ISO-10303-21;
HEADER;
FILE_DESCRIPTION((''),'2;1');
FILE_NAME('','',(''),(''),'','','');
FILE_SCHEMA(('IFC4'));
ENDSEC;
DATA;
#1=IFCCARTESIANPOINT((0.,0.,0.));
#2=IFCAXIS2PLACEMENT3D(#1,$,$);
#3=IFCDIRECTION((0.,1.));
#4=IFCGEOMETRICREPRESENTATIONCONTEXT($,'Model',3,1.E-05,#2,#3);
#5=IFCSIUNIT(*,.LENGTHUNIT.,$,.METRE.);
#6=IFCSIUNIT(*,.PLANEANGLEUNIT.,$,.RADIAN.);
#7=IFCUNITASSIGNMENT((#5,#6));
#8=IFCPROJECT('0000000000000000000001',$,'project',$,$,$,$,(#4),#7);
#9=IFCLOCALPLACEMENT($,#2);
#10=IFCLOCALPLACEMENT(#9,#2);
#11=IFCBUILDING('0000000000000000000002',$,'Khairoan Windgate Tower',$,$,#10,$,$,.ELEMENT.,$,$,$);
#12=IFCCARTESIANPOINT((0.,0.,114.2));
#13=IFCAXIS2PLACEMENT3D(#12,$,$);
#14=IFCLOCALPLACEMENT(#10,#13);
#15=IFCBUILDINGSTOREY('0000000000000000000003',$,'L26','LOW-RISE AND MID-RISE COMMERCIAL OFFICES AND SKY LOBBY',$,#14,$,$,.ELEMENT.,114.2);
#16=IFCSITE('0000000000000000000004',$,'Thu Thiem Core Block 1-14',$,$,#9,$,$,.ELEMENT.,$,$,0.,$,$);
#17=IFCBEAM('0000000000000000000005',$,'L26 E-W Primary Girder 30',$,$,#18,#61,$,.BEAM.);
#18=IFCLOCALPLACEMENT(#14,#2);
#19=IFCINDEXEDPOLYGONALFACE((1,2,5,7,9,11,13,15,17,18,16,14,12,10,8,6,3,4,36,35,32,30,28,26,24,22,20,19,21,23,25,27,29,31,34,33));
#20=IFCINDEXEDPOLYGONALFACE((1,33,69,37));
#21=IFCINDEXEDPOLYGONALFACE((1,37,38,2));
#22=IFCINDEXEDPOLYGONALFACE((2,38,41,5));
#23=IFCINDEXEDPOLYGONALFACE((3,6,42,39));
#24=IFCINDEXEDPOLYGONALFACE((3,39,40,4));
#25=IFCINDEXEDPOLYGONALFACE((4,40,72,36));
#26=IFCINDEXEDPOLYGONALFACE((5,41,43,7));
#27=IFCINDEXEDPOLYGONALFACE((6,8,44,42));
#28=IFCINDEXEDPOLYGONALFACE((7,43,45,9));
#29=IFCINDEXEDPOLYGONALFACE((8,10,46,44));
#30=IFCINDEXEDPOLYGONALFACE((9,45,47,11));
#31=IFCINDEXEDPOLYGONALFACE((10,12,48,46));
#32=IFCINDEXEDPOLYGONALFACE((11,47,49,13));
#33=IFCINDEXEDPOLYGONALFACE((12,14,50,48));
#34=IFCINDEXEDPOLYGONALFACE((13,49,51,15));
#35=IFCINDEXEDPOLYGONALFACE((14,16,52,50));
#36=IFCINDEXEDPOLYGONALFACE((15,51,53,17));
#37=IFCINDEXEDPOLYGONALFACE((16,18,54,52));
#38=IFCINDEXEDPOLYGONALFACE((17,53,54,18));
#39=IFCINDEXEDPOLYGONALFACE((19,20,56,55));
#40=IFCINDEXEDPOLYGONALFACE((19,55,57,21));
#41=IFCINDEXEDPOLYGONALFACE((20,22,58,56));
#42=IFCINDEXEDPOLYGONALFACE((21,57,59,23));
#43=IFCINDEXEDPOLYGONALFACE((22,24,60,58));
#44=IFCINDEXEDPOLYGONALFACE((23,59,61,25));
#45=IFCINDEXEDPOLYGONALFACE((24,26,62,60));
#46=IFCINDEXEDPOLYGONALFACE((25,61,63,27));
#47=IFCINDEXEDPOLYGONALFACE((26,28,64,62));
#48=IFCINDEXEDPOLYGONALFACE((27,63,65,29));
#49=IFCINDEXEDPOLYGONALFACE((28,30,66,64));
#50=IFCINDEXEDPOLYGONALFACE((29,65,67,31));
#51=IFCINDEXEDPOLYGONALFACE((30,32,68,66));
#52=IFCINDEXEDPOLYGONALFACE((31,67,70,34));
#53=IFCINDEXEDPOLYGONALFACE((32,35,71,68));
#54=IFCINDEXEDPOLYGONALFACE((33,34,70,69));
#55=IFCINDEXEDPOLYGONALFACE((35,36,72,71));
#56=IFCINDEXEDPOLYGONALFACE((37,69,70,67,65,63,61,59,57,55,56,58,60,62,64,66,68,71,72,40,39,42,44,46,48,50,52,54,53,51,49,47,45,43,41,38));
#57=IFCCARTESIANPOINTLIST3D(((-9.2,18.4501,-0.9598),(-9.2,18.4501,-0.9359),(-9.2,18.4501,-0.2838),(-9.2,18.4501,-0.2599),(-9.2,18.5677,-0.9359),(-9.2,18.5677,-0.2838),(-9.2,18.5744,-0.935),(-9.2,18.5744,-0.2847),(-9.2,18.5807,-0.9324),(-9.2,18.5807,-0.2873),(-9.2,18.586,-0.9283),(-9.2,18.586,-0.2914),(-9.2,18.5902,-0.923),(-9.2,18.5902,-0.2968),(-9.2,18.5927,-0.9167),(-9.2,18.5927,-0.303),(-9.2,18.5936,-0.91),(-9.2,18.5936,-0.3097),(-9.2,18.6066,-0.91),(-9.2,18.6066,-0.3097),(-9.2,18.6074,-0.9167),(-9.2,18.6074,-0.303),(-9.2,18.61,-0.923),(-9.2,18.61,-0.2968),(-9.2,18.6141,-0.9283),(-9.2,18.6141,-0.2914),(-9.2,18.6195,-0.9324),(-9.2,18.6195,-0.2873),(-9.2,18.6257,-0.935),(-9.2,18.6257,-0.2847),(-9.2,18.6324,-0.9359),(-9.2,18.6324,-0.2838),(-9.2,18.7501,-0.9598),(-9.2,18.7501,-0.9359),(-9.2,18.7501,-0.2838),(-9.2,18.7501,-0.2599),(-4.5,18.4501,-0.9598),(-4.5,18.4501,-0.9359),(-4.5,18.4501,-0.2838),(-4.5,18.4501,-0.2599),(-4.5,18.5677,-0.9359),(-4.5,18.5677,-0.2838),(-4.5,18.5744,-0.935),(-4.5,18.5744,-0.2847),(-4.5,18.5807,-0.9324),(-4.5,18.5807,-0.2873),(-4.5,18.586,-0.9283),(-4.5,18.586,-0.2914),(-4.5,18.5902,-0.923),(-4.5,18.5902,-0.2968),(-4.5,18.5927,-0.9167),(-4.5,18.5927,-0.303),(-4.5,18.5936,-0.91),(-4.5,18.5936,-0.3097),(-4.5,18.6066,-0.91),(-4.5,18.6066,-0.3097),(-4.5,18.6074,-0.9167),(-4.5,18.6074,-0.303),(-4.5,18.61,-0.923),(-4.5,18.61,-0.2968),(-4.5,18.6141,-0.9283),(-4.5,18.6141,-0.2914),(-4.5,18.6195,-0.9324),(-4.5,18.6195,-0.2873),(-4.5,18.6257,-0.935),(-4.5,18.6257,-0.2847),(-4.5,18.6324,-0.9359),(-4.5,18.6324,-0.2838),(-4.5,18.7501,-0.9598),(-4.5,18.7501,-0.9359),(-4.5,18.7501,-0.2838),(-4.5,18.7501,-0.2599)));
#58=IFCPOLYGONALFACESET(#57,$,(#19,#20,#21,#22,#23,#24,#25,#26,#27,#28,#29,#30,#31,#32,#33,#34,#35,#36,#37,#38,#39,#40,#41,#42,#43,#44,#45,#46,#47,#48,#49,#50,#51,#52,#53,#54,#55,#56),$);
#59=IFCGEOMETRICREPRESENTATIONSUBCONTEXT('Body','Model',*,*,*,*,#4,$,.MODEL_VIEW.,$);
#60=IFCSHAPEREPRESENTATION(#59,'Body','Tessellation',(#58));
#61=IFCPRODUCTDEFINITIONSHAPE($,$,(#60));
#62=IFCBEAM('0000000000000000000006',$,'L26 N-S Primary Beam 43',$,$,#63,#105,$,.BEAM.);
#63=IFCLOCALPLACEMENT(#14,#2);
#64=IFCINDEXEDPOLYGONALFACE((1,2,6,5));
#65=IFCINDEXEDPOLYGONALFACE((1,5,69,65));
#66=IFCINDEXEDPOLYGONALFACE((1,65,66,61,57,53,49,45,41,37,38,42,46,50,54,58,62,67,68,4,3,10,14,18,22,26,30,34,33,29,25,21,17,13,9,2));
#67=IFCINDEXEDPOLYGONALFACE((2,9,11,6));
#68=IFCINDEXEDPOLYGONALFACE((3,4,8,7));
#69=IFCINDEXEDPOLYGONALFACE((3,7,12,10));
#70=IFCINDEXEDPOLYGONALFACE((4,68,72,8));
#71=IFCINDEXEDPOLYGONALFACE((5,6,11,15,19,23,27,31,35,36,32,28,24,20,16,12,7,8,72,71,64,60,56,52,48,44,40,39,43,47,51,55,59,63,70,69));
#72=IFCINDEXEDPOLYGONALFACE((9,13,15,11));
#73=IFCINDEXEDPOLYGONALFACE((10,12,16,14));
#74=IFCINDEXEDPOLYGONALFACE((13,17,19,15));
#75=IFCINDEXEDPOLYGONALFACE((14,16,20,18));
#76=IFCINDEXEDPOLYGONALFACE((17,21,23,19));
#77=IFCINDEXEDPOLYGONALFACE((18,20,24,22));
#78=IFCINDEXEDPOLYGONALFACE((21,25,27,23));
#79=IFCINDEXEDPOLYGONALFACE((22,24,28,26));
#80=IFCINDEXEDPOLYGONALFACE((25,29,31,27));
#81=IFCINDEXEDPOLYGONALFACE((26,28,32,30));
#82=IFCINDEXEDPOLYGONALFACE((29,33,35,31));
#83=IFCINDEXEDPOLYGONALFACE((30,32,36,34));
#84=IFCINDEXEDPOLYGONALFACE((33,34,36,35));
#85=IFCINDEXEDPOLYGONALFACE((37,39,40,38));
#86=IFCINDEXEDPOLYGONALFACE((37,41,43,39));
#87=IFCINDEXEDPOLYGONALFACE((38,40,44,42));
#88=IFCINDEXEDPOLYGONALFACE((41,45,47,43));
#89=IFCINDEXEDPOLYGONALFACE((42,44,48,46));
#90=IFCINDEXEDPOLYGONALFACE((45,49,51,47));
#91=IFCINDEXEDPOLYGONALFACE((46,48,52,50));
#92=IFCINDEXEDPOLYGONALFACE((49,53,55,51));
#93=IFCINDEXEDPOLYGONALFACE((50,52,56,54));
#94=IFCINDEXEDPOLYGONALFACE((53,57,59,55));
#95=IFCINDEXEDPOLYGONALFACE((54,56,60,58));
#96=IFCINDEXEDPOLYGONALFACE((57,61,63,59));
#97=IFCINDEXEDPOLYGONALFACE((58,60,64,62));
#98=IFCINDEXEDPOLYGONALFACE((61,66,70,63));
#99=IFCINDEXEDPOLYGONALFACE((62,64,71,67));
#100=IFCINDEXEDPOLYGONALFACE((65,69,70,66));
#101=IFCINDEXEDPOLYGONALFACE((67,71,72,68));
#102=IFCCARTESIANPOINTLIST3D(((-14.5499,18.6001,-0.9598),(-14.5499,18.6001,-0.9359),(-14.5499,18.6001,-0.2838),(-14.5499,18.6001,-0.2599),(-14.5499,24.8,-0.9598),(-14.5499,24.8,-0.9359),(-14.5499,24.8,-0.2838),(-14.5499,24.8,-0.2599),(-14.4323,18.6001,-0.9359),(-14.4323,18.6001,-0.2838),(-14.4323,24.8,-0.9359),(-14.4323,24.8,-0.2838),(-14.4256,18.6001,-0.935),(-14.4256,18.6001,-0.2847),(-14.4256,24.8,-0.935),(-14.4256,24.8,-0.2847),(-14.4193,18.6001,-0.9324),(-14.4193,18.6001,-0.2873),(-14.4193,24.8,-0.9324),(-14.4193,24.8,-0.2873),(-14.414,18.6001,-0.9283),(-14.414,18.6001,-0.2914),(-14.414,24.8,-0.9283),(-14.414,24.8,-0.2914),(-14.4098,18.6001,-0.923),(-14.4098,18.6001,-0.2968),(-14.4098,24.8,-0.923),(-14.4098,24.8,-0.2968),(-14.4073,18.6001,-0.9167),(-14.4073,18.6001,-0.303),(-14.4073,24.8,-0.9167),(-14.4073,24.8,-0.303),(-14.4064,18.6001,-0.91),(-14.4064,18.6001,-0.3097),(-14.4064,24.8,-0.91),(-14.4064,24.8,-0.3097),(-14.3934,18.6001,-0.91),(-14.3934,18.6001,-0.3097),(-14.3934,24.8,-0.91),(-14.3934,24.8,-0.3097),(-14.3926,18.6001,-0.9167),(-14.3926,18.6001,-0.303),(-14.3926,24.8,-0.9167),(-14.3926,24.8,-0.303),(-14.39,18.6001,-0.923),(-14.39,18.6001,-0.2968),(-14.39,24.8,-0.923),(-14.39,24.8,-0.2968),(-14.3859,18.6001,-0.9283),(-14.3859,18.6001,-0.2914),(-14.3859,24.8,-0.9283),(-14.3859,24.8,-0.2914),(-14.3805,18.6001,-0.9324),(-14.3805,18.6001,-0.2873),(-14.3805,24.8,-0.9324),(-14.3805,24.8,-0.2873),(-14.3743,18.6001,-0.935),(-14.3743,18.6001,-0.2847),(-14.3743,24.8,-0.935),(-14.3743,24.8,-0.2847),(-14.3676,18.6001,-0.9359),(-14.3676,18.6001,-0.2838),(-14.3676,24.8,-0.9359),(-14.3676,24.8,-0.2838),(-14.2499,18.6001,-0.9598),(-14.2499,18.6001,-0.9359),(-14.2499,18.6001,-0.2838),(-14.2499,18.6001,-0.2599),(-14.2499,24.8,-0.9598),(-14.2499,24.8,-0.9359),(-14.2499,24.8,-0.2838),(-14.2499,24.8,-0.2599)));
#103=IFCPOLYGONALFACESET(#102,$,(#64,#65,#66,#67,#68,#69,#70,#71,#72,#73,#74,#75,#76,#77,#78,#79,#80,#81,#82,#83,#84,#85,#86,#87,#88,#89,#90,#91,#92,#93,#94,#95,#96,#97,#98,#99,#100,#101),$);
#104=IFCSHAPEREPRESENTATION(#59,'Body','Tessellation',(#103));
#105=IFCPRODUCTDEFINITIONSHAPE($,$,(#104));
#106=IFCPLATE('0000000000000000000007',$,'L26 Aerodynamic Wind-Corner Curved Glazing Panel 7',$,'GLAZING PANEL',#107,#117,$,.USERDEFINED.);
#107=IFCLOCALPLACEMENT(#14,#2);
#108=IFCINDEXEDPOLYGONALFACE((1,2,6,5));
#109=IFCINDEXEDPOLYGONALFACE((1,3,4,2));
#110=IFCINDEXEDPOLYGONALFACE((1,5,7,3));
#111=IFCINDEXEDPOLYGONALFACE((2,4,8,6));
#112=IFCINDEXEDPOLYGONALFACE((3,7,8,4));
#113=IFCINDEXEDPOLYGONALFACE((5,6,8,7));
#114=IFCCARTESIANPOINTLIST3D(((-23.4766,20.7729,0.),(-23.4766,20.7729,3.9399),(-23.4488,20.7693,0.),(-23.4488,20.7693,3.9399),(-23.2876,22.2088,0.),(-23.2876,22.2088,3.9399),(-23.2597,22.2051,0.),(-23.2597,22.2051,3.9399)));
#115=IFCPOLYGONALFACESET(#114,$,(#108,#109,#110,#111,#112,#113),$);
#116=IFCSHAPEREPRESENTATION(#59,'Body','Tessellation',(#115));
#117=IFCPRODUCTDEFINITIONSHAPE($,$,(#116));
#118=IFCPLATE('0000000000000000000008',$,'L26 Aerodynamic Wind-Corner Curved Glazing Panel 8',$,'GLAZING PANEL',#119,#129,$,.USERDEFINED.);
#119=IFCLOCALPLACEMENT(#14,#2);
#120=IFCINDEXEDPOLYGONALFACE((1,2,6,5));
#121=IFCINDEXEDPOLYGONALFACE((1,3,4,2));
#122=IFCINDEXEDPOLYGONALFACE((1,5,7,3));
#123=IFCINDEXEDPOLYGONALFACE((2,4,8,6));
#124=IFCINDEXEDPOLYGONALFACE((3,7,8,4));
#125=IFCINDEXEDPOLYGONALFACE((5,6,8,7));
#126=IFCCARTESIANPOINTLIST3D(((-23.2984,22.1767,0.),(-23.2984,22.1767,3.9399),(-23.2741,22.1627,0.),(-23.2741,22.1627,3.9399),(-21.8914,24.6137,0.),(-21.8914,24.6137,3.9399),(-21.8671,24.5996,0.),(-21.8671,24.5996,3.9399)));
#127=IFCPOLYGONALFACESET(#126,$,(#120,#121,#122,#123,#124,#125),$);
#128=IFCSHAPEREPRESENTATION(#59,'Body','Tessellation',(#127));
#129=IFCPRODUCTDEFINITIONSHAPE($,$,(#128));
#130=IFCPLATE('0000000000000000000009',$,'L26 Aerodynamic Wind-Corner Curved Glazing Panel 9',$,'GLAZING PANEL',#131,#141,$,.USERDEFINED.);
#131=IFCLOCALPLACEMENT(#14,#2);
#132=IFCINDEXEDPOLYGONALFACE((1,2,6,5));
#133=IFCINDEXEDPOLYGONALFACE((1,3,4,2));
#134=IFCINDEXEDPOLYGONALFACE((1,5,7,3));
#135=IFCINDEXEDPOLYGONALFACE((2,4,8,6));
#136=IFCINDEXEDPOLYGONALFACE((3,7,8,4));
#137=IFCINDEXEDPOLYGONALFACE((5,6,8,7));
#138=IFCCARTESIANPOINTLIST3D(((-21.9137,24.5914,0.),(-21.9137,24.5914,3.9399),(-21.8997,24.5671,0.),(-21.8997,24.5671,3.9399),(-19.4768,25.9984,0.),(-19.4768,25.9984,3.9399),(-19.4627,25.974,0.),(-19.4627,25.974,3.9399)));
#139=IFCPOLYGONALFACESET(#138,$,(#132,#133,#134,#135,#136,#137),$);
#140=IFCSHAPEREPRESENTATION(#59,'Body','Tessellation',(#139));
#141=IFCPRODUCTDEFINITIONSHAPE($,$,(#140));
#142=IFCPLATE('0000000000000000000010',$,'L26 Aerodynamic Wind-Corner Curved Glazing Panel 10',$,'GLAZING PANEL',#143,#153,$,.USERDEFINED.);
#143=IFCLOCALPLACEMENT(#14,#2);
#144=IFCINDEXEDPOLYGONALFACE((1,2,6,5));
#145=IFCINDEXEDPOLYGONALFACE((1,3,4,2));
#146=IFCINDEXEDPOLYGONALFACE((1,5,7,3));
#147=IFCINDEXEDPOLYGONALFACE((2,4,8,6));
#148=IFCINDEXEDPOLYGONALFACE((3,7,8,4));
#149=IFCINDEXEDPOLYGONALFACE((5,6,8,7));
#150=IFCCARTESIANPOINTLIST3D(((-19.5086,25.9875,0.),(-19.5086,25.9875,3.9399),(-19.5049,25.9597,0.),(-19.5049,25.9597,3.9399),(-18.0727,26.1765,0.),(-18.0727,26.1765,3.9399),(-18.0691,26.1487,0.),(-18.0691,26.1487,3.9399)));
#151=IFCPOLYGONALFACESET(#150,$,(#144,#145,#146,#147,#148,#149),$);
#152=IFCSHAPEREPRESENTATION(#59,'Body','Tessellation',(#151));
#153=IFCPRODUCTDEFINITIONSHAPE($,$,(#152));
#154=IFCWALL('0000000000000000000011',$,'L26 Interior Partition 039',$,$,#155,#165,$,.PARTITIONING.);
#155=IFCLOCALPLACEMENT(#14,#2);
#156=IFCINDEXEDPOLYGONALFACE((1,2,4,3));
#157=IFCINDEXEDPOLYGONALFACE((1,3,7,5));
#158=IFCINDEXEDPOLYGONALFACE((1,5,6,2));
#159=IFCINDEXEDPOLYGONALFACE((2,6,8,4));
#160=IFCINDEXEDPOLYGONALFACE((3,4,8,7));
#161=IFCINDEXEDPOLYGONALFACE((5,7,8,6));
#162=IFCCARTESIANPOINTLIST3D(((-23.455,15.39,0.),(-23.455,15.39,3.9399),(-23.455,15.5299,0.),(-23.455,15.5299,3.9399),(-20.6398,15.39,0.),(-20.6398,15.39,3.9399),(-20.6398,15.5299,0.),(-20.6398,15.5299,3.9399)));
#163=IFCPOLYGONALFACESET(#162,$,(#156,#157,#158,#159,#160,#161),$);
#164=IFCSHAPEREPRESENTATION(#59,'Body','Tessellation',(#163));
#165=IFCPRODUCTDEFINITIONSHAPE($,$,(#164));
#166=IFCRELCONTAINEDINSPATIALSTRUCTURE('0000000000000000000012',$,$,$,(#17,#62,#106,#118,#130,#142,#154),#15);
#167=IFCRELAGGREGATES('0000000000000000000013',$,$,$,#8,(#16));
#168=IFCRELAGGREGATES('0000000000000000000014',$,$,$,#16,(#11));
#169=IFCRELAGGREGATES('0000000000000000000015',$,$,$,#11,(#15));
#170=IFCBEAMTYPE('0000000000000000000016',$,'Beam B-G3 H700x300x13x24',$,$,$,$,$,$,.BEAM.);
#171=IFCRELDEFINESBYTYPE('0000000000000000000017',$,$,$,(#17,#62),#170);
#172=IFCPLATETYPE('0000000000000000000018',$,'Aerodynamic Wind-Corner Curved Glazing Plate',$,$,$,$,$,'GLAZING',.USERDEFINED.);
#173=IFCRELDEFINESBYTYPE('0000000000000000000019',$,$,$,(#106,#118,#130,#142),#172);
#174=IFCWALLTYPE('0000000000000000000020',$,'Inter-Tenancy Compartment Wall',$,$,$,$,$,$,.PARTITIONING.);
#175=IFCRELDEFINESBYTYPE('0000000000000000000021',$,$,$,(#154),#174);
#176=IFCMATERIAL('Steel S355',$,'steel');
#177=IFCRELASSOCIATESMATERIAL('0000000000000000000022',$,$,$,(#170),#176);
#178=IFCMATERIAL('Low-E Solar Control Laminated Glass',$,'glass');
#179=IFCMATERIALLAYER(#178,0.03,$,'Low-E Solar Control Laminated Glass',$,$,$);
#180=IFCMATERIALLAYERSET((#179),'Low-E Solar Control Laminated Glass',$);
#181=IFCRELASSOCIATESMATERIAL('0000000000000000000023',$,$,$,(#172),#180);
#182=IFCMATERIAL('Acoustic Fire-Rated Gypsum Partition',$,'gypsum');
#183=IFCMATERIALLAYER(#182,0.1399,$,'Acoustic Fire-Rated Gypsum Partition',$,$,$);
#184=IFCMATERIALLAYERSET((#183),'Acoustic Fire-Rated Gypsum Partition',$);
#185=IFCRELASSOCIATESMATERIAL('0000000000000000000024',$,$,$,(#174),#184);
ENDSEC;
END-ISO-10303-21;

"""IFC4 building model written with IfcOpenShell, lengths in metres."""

from ifc_helpers import new_model, si_unit, direction, frame, frame_2d, origin, origin_2d, place, context, subcontext, project, spatial, rectangle, i_section, extrude, material, layer, layer_set, material_profile, profile_set, type_object, element, save


model = new_model("IFC4")

# Units and contexts
model_context = context("Model", 3, precision=1e-05, world=origin(), true_north=direction((0.0, 1.0)))
body_context = subcontext(model_context, "Body", "Model", "MODEL_VIEW")
ifc_project = project(units=[si_unit("LENGTHUNIT", "METRE"), si_unit("PLANEANGLEUNIT", "RADIAN")], contexts=[model_context])

# Site, building, storey
site_placement = place(None, origin())
site = spatial("IfcSite", under=ifc_project, at=site_placement, Name="Thu Thiem Core Block 1-14", CompositionType="ELEMENT", RefElevation=0.0)
building_placement = place(site_placement, origin())
building = spatial("IfcBuilding", under=site, at=building_placement, Name="Khairoan Windgate Tower", CompositionType="ELEMENT")
storey_placement = place(building_placement, frame((0.0, 0.0, 114.2)))
storey = spatial("IfcBuildingStorey", under=building, at=storey_placement, Name="L26", Description="LOW-RISE AND MID-RISE COMMERCIAL OFFICES AND SKY LOBBY", CompositionType="ELEMENT", Elevation=114.2)

# Beams
ifc_material_1 = material(Name="Steel S355", Category="steel")
ifc_material_profile_1 = material_profile(ifc_material_1, i_section(OverallWidth=0.3, OverallDepth=0.7, WebThickness=0.0129, FlangeThickness=0.0239, FilletRadius=0.0259, at=origin_2d()))
ifc_profile_set_1 = profile_set([ifc_material_profile_1], Name="Steel S355")
beam_type = type_object("IfcBeamType", Name="Beam B-G3 H700x300x13x24", PredefinedType="BEAM", material=ifc_profile_set_1)
beam_1_placement = place(storey_placement, frame((-9.2, 18.6001, -0.6099), z_axis=(1.0, 0.0, 0.0), x_axis=(0.0, 1.0, 0.0)))
element("IfcBeam", 1, at=beam_1_placement, inside=storey, type_object=beam_type, Name="L26 E-W Primary Girder 30", PredefinedType="BEAM", context=body_context, shape_type="SweptSolid", body=[
    extrude(i_section(OverallWidth=0.3, OverallDepth=0.7, WebThickness=0.0129, FlangeThickness=0.0239, FilletRadius=0.0259, at=origin_2d()), origin(), (0.0, 0.0, 1.0), 4.7),
])
beam_2_placement = place(storey_placement, frame((-14.3999, 18.6001, -0.6099), z_axis=(0.0, 1.0, 0.0), x_axis=(-1.0, 0.0, 0.0)))
element("IfcBeam", 2, at=beam_2_placement, inside=storey, type_object=beam_type, Name="L26 N-S Primary Beam 43", PredefinedType="BEAM", context=body_context, shape_type="SweptSolid", body=[
    extrude(i_section(OverallWidth=0.3, OverallDepth=0.7, WebThickness=0.0129, FlangeThickness=0.0239, FilletRadius=0.0259, at=origin_2d()), origin(), (0.0, 0.0, 1.0), 6.2),
])

# Plates
ifc_material_2 = material(Name="Low-E Solar Control Laminated Glass", Category="glass")
ifc_layer_1 = layer(ifc_material_2, 0.03, Name="Low-E Solar Control Laminated Glass")
ifc_layer_set_1 = layer_set([ifc_layer_1], Name="Low-E Solar Control Laminated Glass")
plate_type_1 = type_object("IfcPlateType", Name="Aerodynamic Wind-Corner Curved Glazing Plate", ElementType="GLAZING", PredefinedType="USERDEFINED", material=ifc_layer_set_1)
plate_1_placement = place(storey_placement, frame((-23.3682, 21.489, 0.0), z_axis=(0.0, 0.0, 1.0), x_axis=(0.130526, 0.991445, 0.0)))
element("IfcPlate", 3, at=plate_1_placement, inside=storey, type_object=plate_type_1, Name="L26 Aerodynamic Wind-Corner Curved Glazing Panel 7", ObjectType="GLAZING PANEL", PredefinedType="USERDEFINED", context=body_context, shape_type="SweptSolid", body=[
    extrude(rectangle(XDim=1.4482, YDim=0.0281, at=origin_2d()), origin(), (0.0, 0.0, 1.0), 3.9399),
])
for number, where, z_axis, x_axis, name in (
    (4, (-22.5828, 23.3882, 0.0), (0.0, 0.0, 1.0), (0.5, 0.866025, 0.0), "L26 Aerodynamic Wind-Corner Curved Glazing Panel 8"),
    (5, (-20.6882, 25.2827, 0.0), (0.0, 0.0, 1.0), (0.866025, 0.5, 0.0), "L26 Aerodynamic Wind-Corner Curved Glazing Panel 9"),
):
    element("IfcPlate", number, at=place(storey_placement, frame(where, z_axis=z_axis, x_axis=x_axis)), inside=storey, type_object=plate_type_1, Name=name, ObjectType="GLAZING PANEL", PredefinedType="USERDEFINED", context=body_context, shape_type="SweptSolid", body=[
        extrude(rectangle(XDim=2.814, YDim=0.0281, at=origin_2d()), origin(), (0.0, 0.0, 1.0), 3.9399),
    ])
plate_2_placement = place(storey_placement, frame((-18.7888, 26.0681, 0.0), z_axis=(0.0, 0.0, 1.0), x_axis=(0.991445, 0.130526, 0.0)))
element("IfcPlate", 6, at=plate_2_placement, inside=storey, type_object=plate_type_1, Name="L26 Aerodynamic Wind-Corner Curved Glazing Panel 10", ObjectType="GLAZING PANEL", PredefinedType="USERDEFINED", context=body_context, shape_type="SweptSolid", body=[
    extrude(rectangle(XDim=1.4482, YDim=0.0281, at=origin_2d()), origin(), (0.0, 0.0, 1.0), 3.9399),
])

# Wall
ifc_material_3 = material(Name="Acoustic Fire-Rated Gypsum Partition", Category="gypsum")
ifc_layer_2 = layer(ifc_material_3, 0.1399, Name="Acoustic Fire-Rated Gypsum Partition")
ifc_layer_set_2 = layer_set([ifc_layer_2], Name="Acoustic Fire-Rated Gypsum Partition")
wall_type_1 = type_object("IfcWallType", Name="Inter-Tenancy Compartment Wall", PredefinedType="PARTITIONING", material=ifc_layer_set_2)
wall_1_placement = place(storey_placement, frame((-23.4551, 15.46, 0.0), z_axis=(0.0, 0.0, 1.0), x_axis=(1.0, 0.0, 0.0)))
element("IfcWall", 7, at=wall_1_placement, inside=storey, type_object=wall_type_1, Name="L26 Interior Partition 039", PredefinedType="PARTITIONING", context=body_context, shape_type="SweptSolid", body=[
    extrude(rectangle(XDim=2.8152, YDim=0.1399, at=frame_2d((1.4077, 0.0))), origin(), (0.0, 0.0, 1.0), 3.9399),
])

save(model, "model.ifc")
